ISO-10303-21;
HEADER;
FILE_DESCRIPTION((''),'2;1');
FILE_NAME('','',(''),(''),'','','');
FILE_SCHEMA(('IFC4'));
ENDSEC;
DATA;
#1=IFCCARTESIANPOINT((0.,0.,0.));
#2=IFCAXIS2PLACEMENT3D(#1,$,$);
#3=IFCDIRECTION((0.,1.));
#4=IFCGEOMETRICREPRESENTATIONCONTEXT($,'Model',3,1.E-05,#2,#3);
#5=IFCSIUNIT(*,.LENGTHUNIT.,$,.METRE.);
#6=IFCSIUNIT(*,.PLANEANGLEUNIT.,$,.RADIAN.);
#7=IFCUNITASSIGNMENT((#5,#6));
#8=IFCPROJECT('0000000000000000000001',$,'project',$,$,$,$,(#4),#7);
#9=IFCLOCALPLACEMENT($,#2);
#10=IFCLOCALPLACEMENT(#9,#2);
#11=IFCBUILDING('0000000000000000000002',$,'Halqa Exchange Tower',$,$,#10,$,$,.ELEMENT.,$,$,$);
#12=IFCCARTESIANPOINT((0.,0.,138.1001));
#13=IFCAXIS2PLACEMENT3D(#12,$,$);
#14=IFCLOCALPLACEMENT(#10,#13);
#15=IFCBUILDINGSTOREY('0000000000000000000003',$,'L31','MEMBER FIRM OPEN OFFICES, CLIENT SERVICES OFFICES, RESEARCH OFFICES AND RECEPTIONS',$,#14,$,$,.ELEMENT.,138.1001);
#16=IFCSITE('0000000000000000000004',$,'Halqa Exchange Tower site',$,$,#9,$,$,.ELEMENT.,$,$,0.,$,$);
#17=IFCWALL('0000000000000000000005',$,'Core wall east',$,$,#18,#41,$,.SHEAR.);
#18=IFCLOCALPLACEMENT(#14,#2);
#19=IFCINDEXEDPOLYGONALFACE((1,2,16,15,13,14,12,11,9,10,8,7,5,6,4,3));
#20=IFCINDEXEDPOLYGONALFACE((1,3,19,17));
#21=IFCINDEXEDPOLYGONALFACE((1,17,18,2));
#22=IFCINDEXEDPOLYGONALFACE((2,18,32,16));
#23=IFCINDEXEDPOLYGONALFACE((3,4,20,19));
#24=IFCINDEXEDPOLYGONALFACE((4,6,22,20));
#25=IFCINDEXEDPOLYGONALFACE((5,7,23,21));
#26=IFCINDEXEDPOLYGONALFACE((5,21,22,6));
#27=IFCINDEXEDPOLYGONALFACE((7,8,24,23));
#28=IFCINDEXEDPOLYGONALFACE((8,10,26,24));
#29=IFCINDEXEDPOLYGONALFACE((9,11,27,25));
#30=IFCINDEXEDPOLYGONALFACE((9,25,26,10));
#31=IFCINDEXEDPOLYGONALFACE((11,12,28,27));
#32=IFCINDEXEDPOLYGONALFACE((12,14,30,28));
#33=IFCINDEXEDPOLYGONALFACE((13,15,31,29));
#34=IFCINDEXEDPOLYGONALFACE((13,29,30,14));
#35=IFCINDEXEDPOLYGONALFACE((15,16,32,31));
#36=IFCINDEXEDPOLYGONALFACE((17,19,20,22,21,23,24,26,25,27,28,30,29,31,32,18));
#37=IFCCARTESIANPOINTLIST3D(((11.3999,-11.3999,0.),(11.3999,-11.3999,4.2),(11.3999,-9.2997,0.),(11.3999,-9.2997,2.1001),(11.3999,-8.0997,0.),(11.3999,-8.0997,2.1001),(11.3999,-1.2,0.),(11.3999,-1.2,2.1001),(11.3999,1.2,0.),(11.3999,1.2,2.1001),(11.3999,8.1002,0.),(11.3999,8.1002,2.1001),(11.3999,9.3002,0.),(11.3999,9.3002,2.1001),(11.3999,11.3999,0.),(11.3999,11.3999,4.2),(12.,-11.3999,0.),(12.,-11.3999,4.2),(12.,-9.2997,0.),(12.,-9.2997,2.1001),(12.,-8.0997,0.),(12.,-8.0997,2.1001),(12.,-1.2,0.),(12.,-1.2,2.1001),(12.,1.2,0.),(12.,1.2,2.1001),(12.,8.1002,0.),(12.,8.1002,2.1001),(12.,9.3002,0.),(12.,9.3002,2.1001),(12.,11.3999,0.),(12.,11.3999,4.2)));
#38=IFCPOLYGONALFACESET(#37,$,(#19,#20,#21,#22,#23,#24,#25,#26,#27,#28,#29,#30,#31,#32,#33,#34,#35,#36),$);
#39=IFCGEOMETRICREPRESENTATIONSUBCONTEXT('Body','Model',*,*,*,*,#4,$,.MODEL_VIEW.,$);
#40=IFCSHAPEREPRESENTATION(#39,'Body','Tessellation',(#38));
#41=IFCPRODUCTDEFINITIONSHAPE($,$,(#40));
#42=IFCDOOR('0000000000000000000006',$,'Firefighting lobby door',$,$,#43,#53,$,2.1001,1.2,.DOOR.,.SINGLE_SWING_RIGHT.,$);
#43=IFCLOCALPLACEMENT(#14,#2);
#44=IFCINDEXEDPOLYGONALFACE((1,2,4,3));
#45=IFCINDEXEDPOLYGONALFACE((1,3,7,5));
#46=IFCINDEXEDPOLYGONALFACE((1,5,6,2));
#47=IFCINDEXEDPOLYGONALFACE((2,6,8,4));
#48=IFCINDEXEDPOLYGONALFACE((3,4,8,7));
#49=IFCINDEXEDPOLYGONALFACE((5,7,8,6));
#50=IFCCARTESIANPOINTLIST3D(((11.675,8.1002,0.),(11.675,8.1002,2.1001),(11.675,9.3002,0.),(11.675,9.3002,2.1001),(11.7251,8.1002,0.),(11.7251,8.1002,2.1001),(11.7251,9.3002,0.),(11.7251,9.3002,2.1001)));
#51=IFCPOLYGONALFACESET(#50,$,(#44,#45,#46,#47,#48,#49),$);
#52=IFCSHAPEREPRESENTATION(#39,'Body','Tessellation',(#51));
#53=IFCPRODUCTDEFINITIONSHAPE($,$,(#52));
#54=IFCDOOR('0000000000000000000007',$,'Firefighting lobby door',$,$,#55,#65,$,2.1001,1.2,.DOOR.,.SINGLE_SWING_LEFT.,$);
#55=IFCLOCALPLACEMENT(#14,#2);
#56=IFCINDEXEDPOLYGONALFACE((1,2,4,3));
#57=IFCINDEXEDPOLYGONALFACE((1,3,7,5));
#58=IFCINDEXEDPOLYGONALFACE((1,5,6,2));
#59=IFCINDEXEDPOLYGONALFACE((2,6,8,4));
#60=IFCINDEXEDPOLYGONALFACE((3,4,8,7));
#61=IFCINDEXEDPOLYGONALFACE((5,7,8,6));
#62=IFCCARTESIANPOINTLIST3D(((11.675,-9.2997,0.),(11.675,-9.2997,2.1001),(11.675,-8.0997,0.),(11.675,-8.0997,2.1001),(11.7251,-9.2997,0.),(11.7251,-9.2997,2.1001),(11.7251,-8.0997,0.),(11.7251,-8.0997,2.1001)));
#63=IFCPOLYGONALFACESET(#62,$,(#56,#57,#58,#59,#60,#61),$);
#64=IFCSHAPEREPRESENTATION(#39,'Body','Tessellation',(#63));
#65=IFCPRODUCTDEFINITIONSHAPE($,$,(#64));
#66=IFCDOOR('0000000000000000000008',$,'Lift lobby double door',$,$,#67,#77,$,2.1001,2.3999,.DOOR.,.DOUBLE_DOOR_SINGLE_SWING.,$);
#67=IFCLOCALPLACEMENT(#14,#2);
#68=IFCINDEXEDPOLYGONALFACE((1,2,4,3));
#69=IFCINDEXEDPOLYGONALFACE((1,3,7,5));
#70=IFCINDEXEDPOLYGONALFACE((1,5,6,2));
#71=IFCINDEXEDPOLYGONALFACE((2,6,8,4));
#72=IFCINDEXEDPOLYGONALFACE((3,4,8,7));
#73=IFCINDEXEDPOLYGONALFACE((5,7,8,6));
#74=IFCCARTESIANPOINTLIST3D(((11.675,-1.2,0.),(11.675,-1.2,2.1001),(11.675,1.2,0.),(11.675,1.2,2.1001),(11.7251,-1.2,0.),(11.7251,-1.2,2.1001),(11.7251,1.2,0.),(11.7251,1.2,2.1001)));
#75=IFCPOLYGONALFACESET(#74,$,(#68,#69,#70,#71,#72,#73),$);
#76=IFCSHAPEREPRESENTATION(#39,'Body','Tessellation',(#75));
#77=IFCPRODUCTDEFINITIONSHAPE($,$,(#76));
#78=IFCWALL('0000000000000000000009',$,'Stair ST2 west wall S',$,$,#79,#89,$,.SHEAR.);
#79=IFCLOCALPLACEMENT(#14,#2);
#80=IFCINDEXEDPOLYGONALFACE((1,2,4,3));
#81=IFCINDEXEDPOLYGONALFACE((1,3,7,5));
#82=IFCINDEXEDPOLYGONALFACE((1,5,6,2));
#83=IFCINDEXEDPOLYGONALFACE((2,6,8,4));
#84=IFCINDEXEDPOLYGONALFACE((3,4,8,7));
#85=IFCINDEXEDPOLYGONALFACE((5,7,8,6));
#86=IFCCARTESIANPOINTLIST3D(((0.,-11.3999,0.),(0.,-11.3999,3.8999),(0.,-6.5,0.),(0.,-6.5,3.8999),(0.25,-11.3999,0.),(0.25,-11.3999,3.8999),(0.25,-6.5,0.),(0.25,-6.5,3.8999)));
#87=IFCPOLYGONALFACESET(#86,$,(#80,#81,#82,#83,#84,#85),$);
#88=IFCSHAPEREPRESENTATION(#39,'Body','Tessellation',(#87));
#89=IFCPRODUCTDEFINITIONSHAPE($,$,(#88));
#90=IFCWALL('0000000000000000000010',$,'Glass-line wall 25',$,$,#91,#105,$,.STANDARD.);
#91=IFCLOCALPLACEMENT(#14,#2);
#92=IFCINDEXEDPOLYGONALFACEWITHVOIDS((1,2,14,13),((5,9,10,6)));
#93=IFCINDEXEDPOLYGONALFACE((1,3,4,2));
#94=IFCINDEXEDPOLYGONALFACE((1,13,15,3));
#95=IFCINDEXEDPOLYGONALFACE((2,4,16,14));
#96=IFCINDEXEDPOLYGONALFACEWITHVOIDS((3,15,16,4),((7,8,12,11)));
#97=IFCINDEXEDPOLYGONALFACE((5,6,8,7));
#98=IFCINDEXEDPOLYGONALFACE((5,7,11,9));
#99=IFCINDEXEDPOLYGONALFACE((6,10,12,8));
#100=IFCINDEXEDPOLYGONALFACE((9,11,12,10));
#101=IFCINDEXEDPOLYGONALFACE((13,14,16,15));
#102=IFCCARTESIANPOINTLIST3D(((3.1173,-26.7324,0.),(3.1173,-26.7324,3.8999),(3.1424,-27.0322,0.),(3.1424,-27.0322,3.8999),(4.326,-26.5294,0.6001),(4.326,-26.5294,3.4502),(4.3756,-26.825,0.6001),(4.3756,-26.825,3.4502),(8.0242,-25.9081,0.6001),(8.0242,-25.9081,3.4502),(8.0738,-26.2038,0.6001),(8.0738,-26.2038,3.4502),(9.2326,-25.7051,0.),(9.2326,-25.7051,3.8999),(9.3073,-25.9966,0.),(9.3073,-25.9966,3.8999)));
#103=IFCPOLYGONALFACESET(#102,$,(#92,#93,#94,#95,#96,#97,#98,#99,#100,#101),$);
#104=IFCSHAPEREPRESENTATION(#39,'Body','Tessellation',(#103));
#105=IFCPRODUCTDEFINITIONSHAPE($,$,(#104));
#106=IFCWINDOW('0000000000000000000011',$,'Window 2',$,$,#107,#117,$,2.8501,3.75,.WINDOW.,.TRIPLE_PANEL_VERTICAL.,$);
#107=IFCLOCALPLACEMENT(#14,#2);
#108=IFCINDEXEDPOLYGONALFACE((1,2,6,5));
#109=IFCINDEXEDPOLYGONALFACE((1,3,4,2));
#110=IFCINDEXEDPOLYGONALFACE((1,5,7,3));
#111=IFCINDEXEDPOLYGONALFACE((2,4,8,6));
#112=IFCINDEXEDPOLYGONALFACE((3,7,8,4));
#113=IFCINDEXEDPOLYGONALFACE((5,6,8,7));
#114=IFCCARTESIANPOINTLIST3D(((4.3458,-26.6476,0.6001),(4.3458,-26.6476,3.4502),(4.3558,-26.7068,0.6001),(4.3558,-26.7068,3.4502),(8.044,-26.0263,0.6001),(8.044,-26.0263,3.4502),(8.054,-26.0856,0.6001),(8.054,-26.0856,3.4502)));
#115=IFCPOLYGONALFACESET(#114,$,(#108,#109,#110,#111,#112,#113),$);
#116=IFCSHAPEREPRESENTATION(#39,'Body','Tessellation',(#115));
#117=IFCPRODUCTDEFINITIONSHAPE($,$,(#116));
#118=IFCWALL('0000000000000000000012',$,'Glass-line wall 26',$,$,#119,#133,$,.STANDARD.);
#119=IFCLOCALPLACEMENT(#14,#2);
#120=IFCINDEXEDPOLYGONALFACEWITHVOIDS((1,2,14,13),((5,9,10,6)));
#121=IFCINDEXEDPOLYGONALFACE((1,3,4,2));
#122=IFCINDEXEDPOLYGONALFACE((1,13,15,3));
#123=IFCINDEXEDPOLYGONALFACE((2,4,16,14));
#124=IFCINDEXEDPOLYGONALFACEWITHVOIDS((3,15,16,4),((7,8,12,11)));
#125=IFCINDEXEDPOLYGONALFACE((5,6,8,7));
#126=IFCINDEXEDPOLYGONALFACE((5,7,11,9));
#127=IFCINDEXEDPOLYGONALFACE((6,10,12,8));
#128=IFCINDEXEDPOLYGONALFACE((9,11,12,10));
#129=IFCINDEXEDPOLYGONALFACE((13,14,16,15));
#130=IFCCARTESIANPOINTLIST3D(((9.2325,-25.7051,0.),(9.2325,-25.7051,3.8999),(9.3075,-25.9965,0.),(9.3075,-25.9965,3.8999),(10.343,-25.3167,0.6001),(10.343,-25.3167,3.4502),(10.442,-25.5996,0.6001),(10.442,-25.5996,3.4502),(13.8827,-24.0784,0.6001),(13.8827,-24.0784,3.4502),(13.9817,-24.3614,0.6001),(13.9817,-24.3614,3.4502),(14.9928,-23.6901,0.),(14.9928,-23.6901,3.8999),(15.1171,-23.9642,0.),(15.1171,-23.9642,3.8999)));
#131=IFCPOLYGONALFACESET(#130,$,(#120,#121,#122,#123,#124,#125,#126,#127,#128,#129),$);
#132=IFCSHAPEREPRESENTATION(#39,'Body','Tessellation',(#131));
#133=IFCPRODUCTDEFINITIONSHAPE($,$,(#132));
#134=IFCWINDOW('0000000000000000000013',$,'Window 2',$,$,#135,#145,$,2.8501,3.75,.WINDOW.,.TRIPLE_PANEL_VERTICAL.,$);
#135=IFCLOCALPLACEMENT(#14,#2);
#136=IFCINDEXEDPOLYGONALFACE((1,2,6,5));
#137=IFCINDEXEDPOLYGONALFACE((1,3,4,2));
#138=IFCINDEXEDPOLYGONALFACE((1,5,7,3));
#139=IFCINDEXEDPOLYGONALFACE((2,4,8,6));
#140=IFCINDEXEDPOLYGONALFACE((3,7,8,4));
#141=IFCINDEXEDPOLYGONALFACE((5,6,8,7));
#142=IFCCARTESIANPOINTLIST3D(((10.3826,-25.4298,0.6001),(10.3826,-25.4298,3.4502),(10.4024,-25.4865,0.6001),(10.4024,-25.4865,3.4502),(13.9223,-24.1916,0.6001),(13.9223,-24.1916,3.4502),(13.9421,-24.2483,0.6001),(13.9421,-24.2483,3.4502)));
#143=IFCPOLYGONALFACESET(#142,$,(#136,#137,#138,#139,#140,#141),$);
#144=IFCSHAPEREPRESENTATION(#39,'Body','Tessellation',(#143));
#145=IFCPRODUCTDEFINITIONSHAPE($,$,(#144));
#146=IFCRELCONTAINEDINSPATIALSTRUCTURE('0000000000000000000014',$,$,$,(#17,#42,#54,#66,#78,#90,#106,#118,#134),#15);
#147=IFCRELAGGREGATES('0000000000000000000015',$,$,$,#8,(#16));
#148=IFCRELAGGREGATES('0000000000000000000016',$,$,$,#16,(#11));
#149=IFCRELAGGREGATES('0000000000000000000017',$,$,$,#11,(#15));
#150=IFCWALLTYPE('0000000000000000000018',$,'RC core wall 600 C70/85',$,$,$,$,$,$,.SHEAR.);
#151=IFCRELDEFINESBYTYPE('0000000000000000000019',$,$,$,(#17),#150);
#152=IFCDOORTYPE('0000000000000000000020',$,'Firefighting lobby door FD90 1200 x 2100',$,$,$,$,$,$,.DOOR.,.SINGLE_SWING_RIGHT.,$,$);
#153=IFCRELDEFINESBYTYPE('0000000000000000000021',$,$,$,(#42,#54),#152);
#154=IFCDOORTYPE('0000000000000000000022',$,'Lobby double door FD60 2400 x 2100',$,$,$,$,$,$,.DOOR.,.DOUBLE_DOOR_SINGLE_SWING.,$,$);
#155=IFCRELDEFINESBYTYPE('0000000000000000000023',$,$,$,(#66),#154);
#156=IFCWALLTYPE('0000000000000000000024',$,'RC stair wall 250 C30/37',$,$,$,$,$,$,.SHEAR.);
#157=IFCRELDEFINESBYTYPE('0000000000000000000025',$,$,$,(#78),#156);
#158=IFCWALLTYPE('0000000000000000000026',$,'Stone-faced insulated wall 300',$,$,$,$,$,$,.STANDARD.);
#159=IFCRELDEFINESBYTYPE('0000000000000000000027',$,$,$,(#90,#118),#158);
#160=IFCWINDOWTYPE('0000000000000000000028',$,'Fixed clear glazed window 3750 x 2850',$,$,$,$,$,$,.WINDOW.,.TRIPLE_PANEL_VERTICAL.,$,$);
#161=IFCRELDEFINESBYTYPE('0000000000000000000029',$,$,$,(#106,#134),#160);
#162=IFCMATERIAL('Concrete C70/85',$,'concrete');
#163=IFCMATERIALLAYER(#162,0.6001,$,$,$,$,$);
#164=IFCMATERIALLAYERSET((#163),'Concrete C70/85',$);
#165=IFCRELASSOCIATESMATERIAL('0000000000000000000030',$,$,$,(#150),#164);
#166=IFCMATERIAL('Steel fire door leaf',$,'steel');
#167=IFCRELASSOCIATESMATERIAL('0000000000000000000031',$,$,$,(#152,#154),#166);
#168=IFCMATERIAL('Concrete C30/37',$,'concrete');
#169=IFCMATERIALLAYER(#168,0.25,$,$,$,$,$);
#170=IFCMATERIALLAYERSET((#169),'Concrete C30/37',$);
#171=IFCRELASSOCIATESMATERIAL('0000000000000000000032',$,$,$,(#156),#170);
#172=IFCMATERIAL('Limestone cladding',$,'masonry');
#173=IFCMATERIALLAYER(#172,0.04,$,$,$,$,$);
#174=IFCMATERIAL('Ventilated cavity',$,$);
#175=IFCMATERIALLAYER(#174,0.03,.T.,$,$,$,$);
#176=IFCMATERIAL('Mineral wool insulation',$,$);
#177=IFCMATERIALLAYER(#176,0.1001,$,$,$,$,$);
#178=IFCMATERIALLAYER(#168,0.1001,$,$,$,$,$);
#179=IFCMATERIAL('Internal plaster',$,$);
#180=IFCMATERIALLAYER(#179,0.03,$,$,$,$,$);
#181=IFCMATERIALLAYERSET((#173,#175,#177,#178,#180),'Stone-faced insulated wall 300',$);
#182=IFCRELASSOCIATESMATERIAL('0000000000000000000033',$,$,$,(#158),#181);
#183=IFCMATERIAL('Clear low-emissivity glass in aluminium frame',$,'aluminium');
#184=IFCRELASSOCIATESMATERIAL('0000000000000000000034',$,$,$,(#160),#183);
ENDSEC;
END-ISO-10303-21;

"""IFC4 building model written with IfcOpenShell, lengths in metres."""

from ifc_helpers import new_model, si_unit, direction, frame, frame_2d, origin, place, context, subcontext, project, spatial, polyline, rectangle, outline, extrude, material, layer, layer_set, type_object, element, fill, save


model = new_model("IFC4")

# Units and contexts
model_context = context("Model", 3, precision=1e-05, world=origin(), true_north=direction((0.0, 1.0)))
body_context = subcontext(model_context, "Body", "Model", "MODEL_VIEW")
ifc_project = project(units=[si_unit("LENGTHUNIT", "METRE"), si_unit("PLANEANGLEUNIT", "RADIAN")], contexts=[model_context])

# Site, building, storey
site_placement = place(None, origin())
site = spatial("IfcSite", under=ifc_project, at=site_placement, Name="Halqa Exchange Tower site", CompositionType="ELEMENT", RefElevation=0.0)
building_placement = place(site_placement, origin())
building = spatial("IfcBuilding", under=site, at=building_placement, Name="Halqa Exchange Tower", CompositionType="ELEMENT")
storey_placement = place(building_placement, frame((0.0, 0.0, 138.1001)))
storey = spatial("IfcBuildingStorey", under=building, at=storey_placement, Name="L31", Description="MEMBER FIRM OPEN OFFICES, CLIENT SERVICES OFFICES, RESEARCH OFFICES AND RECEPTIONS", CompositionType="ELEMENT", Elevation=138.1001)

# Shared definitions
ifc_material_1 = material(Name="Concrete C70/85", Category="concrete")

# Wall, openings, doors
ifc_layer_1 = layer(ifc_material_1, 0.6001)
ifc_layer_set_1 = layer_set([ifc_layer_1], Name="Concrete C70/85")
wall_type_1 = type_object("IfcWallType", Name="RC core wall 600 C70/85", PredefinedType="SHEAR", material=ifc_layer_set_1)
wall_1_placement = place(storey_placement, frame((11.7, -11.3999, 0.0), z_axis=(0.0, 0.0, 1.0), x_axis=(0.0, 1.0, 0.0)))
wall_1 = element("IfcWall", 1, at=wall_1_placement, inside=storey, type_object=wall_type_1, Name="Core wall east", PredefinedType="SHEAR", context=body_context, shape_type="SweptSolid", body=[
    extrude(rectangle(XDim=22.7998, YDim=0.6001, at=frame_2d((11.3999, 0.0))), origin(), (0.0, 0.0, 1.0), 4.2),
])
opening_1_placement = place(wall_1_placement, frame((10.2, 0.0, 0.0)))
opening_1 = element("IfcOpeningElement", 2, at=opening_1_placement, cuts=wall_1, PredefinedType="OPENING", context=body_context, shape_type="SweptSolid", body=[
    extrude(rectangle(XDim=2.3999, YDim=2.1001, at=frame_2d((1.2, 1.05))), frame((0.0, 0.312, 0.0), z_axis=(0.0, -1.0, 0.0), x_axis=(1.0, 0.0, 0.0)), (0.0, 0.0, 1.0), 0.624),
])
opening_2_placement = place(wall_1_placement, frame((19.5, 0.0, 0.0)))
opening_2 = element("IfcOpeningElement", 3, at=opening_2_placement, cuts=wall_1, PredefinedType="OPENING", context=body_context, shape_type="SweptSolid", body=[
    extrude(rectangle(XDim=1.2, YDim=2.1001, at=frame_2d((0.6001, 1.05))), frame((0.0, 0.312, 0.0), z_axis=(0.0, -1.0, 0.0), x_axis=(1.0, 0.0, 0.0)), (0.0, 0.0, 1.0), 0.624),
])
opening_3_placement = place(wall_1_placement, frame((2.1001, 0.0, 0.0)))
opening_3 = element("IfcOpeningElement", 4, at=opening_3_placement, cuts=wall_1, PredefinedType="OPENING", context=body_context, shape_type="SweptSolid", body=[
    extrude(rectangle(XDim=1.2, YDim=2.1001, at=frame_2d((0.6001, 1.05))), frame((0.0, 0.312, 0.0), z_axis=(0.0, -1.0, 0.0), x_axis=(1.0, 0.0, 0.0)), (0.0, 0.0, 1.0), 0.624),
])
ifc_material_2 = material(Name="Steel fire door leaf", Category="steel")
door_type_1 = type_object("IfcDoorType", Name="Firefighting lobby door FD90 1200 x 2100", OperationType="SINGLE_SWING_RIGHT", PredefinedType="DOOR", material=ifc_material_2)
door_1_placement = place(opening_2_placement, origin())
door_1 = element("IfcDoor", 5, at=door_1_placement, inside=storey, type_object=door_type_1, Name="Firefighting lobby door", OperationType="SINGLE_SWING_RIGHT", OverallHeight=2.1001, OverallWidth=1.2, PredefinedType="DOOR", context=body_context, shape_type="SweptSolid", body=[
    extrude(rectangle(XDim=1.2, YDim=2.1001, at=frame_2d((0.6001, 1.05))), frame((0.0, 0.0249, 0.0), z_axis=(0.0, -1.0, 0.0), x_axis=(1.0, 0.0, 0.0)), (0.0, 0.0, 1.0), 0.05),
])
fill(opening_2, door_1)
door_2_placement = place(opening_3_placement, origin())
door_2 = element("IfcDoor", 6, at=door_2_placement, inside=storey, type_object=door_type_1, Name="Firefighting lobby door", OperationType="SINGLE_SWING_LEFT", OverallHeight=2.1001, OverallWidth=1.2, PredefinedType="DOOR", context=body_context, shape_type="SweptSolid", body=[
    extrude(rectangle(XDim=1.2, YDim=2.1001, at=frame_2d((0.6001, 1.05))), frame((0.0, 0.0249, 0.0), z_axis=(0.0, -1.0, 0.0), x_axis=(1.0, 0.0, 0.0)), (0.0, 0.0, 1.0), 0.05),
])
fill(opening_3, door_2)
door_type_2 = type_object("IfcDoorType", Name="Lobby double door FD60 2400 x 2100", OperationType="DOUBLE_DOOR_SINGLE_SWING", PredefinedType="DOOR", material=ifc_material_2)
door_3_placement = place(opening_1_placement, origin())
door_3 = element("IfcDoor", 7, at=door_3_placement, inside=storey, type_object=door_type_2, Name="Lift lobby double door", OperationType="DOUBLE_DOOR_SINGLE_SWING", OverallHeight=2.1001, OverallWidth=2.3999, PredefinedType="DOOR", context=body_context, shape_type="SweptSolid", body=[
    extrude(rectangle(XDim=2.3999, YDim=2.1001, at=frame_2d((1.2, 1.05))), frame((0.0, 0.0249, 0.0), z_axis=(0.0, -1.0, 0.0), x_axis=(1.0, 0.0, 0.0)), (0.0, 0.0, 1.0), 0.05),
])
fill(opening_1, door_3)

# Wall
ifc_material_3 = material(Name="Concrete C30/37", Category="concrete")
ifc_layer_2 = layer(ifc_material_3, 0.25)
ifc_layer_set_2 = layer_set([ifc_layer_2], Name="Concrete C30/37")
wall_type_2 = type_object("IfcWallType", Name="RC stair wall 250 C30/37", PredefinedType="SHEAR", material=ifc_layer_set_2)
wall_2_placement = place(storey_placement, frame((0.125, -11.3999, 0.0), z_axis=(0.0, 0.0, 1.0), x_axis=(0.0, 1.0, 0.0)))
element("IfcWall", 8, at=wall_2_placement, inside=storey, type_object=wall_type_2, Name="Stair ST2 west wall S", PredefinedType="SHEAR", context=body_context, shape_type="SweptSolid", body=[
    extrude(rectangle(XDim=4.8999, YDim=0.25, at=frame_2d((2.45, 0.0))), origin(), (0.0, 0.0, 1.0), 3.8999),
])

# Walls, openings, windows
ifc_material_4 = material(Name="Limestone cladding", Category="masonry")
ifc_layer_3 = layer(ifc_material_4, 0.04)
ifc_material_5 = material(Name="Ventilated cavity")
ifc_layer_4 = layer(ifc_material_5, 0.03, ventilated=True)
ifc_material_6 = material(Name="Mineral wool insulation")
ifc_layer_5 = layer(ifc_material_6, 0.1001)
ifc_layer_6 = layer(ifc_material_3, 0.1001)
ifc_material_7 = material(Name="Internal plaster")
ifc_layer_7 = layer(ifc_material_7, 0.03)
ifc_layer_set_3 = layer_set([ifc_layer_3, ifc_layer_4, ifc_layer_5, ifc_layer_6, ifc_layer_7], Name="Stone-faced insulated wall 300")
wall_type_3 = type_object("IfcWallType", Name="Stone-faced insulated wall 300", PredefinedType="STANDARD", material=ifc_layer_set_3)
wall_3_placement = place(storey_placement, frame((3.1299, -26.8823, 0.0), z_axis=(0.0, 0.0, 1.0), x_axis=(0.986181, 0.165671, 0.0)))
wall_3 = element("IfcWall", 9, at=wall_3_placement, inside=storey, type_object=wall_type_3, Name="Glass-line wall 25", PredefinedType="STANDARD", context=body_context, shape_type="SweptSolid", body=[
    extrude(outline(polyline([(-0.0125, -0.1499), (6.2388, -0.1499), (6.2134, 0.1499), (0.0125, 0.1499), (-0.0125, -0.1499)])), origin(), (0.0, 0.0, 1.0), 3.8999),
])
opening_4_placement = place(wall_3_placement, frame((1.238, 0.0, 0.6001)))
opening_4 = element("IfcOpeningElement", 10, at=opening_4_placement, cuts=wall_3, PredefinedType="OPENING", context=body_context, shape_type="SweptSolid", body=[
    extrude(rectangle(XDim=3.75, YDim=2.8501, at=frame_2d((1.875, 1.425))), frame((0.0, 0.1621, 0.0), z_axis=(0.0, -1.0, 0.0), x_axis=(1.0, 0.0, 0.0)), (0.0, 0.0, 1.0), 0.324),
])
ifc_material_8 = material(Name="Clear low-emissivity glass in aluminium frame", Category="aluminium")
window_type = type_object("IfcWindowType", Name="Fixed clear glazed window 3750 x 2850", PartitioningType="TRIPLE_PANEL_VERTICAL", PredefinedType="WINDOW", material=ifc_material_8)
window_1_placement = place(opening_4_placement, origin())
window_1 = element("IfcWindow", 11, at=window_1_placement, inside=storey, type_object=window_type, Name="Window 2", OverallHeight=2.8501, OverallWidth=3.75, PartitioningType="TRIPLE_PANEL_VERTICAL", PredefinedType="WINDOW", context=body_context, shape_type="SweptSolid", body=[
    extrude(rectangle(XDim=3.75, YDim=2.8501, at=frame_2d((1.875, 1.425))), frame((0.0, 0.03, 0.0), z_axis=(0.0, -1.0, 0.0), x_axis=(1.0, 0.0, 0.0)), (0.0, 0.0, 1.0), 0.0601),
])
fill(opening_4, window_1)
wall_4_placement = place(storey_placement, frame((9.27, -25.8508, 0.0), z_axis=(0.0, 0.0, 1.0), x_axis=(0.943911, 0.3302, 0.0)))
wall_4 = element("IfcWall", 12, at=wall_4_placement, inside=storey, type_object=wall_type_3, Name="Glass-line wall 26", PredefinedType="STANDARD", context=body_context, shape_type="SweptSolid", body=[
    extrude(outline(polyline([(-0.0127, -0.1499), (6.1421, -0.1499), (6.1152, 0.1499), (0.0127, 0.1499), (-0.0127, -0.1499)])), origin(), (0.0, 0.0, 1.0), 3.8999),
])
opening_5_placement = place(wall_4_placement, frame((1.1892, 0.0, 0.6001)))
opening_5 = element("IfcOpeningElement", 13, at=opening_5_placement, cuts=wall_4, PredefinedType="OPENING", context=body_context, shape_type="SweptSolid", body=[
    extrude(rectangle(XDim=3.75, YDim=2.8501, at=frame_2d((1.875, 1.425))), frame((0.0, 0.1621, 0.0), z_axis=(0.0, -1.0, 0.0), x_axis=(1.0, 0.0, 0.0)), (0.0, 0.0, 1.0), 0.324),
])
window_2_placement = place(opening_5_placement, origin())
window_2 = element("IfcWindow", 14, at=window_2_placement, inside=storey, type_object=window_type, Name="Window 2", OverallHeight=2.8501, OverallWidth=3.75, PartitioningType="TRIPLE_PANEL_VERTICAL", PredefinedType="WINDOW", context=body_context, shape_type="SweptSolid", body=[
    extrude(rectangle(XDim=3.75, YDim=2.8501, at=frame_2d((1.875, 1.425))), frame((0.0, 0.03, 0.0), z_axis=(0.0, -1.0, 0.0), x_axis=(1.0, 0.0, 0.0)), (0.0, 0.0, 1.0), 0.0601),
])
fill(opening_5, window_2)

save(model, "model.ifc")
